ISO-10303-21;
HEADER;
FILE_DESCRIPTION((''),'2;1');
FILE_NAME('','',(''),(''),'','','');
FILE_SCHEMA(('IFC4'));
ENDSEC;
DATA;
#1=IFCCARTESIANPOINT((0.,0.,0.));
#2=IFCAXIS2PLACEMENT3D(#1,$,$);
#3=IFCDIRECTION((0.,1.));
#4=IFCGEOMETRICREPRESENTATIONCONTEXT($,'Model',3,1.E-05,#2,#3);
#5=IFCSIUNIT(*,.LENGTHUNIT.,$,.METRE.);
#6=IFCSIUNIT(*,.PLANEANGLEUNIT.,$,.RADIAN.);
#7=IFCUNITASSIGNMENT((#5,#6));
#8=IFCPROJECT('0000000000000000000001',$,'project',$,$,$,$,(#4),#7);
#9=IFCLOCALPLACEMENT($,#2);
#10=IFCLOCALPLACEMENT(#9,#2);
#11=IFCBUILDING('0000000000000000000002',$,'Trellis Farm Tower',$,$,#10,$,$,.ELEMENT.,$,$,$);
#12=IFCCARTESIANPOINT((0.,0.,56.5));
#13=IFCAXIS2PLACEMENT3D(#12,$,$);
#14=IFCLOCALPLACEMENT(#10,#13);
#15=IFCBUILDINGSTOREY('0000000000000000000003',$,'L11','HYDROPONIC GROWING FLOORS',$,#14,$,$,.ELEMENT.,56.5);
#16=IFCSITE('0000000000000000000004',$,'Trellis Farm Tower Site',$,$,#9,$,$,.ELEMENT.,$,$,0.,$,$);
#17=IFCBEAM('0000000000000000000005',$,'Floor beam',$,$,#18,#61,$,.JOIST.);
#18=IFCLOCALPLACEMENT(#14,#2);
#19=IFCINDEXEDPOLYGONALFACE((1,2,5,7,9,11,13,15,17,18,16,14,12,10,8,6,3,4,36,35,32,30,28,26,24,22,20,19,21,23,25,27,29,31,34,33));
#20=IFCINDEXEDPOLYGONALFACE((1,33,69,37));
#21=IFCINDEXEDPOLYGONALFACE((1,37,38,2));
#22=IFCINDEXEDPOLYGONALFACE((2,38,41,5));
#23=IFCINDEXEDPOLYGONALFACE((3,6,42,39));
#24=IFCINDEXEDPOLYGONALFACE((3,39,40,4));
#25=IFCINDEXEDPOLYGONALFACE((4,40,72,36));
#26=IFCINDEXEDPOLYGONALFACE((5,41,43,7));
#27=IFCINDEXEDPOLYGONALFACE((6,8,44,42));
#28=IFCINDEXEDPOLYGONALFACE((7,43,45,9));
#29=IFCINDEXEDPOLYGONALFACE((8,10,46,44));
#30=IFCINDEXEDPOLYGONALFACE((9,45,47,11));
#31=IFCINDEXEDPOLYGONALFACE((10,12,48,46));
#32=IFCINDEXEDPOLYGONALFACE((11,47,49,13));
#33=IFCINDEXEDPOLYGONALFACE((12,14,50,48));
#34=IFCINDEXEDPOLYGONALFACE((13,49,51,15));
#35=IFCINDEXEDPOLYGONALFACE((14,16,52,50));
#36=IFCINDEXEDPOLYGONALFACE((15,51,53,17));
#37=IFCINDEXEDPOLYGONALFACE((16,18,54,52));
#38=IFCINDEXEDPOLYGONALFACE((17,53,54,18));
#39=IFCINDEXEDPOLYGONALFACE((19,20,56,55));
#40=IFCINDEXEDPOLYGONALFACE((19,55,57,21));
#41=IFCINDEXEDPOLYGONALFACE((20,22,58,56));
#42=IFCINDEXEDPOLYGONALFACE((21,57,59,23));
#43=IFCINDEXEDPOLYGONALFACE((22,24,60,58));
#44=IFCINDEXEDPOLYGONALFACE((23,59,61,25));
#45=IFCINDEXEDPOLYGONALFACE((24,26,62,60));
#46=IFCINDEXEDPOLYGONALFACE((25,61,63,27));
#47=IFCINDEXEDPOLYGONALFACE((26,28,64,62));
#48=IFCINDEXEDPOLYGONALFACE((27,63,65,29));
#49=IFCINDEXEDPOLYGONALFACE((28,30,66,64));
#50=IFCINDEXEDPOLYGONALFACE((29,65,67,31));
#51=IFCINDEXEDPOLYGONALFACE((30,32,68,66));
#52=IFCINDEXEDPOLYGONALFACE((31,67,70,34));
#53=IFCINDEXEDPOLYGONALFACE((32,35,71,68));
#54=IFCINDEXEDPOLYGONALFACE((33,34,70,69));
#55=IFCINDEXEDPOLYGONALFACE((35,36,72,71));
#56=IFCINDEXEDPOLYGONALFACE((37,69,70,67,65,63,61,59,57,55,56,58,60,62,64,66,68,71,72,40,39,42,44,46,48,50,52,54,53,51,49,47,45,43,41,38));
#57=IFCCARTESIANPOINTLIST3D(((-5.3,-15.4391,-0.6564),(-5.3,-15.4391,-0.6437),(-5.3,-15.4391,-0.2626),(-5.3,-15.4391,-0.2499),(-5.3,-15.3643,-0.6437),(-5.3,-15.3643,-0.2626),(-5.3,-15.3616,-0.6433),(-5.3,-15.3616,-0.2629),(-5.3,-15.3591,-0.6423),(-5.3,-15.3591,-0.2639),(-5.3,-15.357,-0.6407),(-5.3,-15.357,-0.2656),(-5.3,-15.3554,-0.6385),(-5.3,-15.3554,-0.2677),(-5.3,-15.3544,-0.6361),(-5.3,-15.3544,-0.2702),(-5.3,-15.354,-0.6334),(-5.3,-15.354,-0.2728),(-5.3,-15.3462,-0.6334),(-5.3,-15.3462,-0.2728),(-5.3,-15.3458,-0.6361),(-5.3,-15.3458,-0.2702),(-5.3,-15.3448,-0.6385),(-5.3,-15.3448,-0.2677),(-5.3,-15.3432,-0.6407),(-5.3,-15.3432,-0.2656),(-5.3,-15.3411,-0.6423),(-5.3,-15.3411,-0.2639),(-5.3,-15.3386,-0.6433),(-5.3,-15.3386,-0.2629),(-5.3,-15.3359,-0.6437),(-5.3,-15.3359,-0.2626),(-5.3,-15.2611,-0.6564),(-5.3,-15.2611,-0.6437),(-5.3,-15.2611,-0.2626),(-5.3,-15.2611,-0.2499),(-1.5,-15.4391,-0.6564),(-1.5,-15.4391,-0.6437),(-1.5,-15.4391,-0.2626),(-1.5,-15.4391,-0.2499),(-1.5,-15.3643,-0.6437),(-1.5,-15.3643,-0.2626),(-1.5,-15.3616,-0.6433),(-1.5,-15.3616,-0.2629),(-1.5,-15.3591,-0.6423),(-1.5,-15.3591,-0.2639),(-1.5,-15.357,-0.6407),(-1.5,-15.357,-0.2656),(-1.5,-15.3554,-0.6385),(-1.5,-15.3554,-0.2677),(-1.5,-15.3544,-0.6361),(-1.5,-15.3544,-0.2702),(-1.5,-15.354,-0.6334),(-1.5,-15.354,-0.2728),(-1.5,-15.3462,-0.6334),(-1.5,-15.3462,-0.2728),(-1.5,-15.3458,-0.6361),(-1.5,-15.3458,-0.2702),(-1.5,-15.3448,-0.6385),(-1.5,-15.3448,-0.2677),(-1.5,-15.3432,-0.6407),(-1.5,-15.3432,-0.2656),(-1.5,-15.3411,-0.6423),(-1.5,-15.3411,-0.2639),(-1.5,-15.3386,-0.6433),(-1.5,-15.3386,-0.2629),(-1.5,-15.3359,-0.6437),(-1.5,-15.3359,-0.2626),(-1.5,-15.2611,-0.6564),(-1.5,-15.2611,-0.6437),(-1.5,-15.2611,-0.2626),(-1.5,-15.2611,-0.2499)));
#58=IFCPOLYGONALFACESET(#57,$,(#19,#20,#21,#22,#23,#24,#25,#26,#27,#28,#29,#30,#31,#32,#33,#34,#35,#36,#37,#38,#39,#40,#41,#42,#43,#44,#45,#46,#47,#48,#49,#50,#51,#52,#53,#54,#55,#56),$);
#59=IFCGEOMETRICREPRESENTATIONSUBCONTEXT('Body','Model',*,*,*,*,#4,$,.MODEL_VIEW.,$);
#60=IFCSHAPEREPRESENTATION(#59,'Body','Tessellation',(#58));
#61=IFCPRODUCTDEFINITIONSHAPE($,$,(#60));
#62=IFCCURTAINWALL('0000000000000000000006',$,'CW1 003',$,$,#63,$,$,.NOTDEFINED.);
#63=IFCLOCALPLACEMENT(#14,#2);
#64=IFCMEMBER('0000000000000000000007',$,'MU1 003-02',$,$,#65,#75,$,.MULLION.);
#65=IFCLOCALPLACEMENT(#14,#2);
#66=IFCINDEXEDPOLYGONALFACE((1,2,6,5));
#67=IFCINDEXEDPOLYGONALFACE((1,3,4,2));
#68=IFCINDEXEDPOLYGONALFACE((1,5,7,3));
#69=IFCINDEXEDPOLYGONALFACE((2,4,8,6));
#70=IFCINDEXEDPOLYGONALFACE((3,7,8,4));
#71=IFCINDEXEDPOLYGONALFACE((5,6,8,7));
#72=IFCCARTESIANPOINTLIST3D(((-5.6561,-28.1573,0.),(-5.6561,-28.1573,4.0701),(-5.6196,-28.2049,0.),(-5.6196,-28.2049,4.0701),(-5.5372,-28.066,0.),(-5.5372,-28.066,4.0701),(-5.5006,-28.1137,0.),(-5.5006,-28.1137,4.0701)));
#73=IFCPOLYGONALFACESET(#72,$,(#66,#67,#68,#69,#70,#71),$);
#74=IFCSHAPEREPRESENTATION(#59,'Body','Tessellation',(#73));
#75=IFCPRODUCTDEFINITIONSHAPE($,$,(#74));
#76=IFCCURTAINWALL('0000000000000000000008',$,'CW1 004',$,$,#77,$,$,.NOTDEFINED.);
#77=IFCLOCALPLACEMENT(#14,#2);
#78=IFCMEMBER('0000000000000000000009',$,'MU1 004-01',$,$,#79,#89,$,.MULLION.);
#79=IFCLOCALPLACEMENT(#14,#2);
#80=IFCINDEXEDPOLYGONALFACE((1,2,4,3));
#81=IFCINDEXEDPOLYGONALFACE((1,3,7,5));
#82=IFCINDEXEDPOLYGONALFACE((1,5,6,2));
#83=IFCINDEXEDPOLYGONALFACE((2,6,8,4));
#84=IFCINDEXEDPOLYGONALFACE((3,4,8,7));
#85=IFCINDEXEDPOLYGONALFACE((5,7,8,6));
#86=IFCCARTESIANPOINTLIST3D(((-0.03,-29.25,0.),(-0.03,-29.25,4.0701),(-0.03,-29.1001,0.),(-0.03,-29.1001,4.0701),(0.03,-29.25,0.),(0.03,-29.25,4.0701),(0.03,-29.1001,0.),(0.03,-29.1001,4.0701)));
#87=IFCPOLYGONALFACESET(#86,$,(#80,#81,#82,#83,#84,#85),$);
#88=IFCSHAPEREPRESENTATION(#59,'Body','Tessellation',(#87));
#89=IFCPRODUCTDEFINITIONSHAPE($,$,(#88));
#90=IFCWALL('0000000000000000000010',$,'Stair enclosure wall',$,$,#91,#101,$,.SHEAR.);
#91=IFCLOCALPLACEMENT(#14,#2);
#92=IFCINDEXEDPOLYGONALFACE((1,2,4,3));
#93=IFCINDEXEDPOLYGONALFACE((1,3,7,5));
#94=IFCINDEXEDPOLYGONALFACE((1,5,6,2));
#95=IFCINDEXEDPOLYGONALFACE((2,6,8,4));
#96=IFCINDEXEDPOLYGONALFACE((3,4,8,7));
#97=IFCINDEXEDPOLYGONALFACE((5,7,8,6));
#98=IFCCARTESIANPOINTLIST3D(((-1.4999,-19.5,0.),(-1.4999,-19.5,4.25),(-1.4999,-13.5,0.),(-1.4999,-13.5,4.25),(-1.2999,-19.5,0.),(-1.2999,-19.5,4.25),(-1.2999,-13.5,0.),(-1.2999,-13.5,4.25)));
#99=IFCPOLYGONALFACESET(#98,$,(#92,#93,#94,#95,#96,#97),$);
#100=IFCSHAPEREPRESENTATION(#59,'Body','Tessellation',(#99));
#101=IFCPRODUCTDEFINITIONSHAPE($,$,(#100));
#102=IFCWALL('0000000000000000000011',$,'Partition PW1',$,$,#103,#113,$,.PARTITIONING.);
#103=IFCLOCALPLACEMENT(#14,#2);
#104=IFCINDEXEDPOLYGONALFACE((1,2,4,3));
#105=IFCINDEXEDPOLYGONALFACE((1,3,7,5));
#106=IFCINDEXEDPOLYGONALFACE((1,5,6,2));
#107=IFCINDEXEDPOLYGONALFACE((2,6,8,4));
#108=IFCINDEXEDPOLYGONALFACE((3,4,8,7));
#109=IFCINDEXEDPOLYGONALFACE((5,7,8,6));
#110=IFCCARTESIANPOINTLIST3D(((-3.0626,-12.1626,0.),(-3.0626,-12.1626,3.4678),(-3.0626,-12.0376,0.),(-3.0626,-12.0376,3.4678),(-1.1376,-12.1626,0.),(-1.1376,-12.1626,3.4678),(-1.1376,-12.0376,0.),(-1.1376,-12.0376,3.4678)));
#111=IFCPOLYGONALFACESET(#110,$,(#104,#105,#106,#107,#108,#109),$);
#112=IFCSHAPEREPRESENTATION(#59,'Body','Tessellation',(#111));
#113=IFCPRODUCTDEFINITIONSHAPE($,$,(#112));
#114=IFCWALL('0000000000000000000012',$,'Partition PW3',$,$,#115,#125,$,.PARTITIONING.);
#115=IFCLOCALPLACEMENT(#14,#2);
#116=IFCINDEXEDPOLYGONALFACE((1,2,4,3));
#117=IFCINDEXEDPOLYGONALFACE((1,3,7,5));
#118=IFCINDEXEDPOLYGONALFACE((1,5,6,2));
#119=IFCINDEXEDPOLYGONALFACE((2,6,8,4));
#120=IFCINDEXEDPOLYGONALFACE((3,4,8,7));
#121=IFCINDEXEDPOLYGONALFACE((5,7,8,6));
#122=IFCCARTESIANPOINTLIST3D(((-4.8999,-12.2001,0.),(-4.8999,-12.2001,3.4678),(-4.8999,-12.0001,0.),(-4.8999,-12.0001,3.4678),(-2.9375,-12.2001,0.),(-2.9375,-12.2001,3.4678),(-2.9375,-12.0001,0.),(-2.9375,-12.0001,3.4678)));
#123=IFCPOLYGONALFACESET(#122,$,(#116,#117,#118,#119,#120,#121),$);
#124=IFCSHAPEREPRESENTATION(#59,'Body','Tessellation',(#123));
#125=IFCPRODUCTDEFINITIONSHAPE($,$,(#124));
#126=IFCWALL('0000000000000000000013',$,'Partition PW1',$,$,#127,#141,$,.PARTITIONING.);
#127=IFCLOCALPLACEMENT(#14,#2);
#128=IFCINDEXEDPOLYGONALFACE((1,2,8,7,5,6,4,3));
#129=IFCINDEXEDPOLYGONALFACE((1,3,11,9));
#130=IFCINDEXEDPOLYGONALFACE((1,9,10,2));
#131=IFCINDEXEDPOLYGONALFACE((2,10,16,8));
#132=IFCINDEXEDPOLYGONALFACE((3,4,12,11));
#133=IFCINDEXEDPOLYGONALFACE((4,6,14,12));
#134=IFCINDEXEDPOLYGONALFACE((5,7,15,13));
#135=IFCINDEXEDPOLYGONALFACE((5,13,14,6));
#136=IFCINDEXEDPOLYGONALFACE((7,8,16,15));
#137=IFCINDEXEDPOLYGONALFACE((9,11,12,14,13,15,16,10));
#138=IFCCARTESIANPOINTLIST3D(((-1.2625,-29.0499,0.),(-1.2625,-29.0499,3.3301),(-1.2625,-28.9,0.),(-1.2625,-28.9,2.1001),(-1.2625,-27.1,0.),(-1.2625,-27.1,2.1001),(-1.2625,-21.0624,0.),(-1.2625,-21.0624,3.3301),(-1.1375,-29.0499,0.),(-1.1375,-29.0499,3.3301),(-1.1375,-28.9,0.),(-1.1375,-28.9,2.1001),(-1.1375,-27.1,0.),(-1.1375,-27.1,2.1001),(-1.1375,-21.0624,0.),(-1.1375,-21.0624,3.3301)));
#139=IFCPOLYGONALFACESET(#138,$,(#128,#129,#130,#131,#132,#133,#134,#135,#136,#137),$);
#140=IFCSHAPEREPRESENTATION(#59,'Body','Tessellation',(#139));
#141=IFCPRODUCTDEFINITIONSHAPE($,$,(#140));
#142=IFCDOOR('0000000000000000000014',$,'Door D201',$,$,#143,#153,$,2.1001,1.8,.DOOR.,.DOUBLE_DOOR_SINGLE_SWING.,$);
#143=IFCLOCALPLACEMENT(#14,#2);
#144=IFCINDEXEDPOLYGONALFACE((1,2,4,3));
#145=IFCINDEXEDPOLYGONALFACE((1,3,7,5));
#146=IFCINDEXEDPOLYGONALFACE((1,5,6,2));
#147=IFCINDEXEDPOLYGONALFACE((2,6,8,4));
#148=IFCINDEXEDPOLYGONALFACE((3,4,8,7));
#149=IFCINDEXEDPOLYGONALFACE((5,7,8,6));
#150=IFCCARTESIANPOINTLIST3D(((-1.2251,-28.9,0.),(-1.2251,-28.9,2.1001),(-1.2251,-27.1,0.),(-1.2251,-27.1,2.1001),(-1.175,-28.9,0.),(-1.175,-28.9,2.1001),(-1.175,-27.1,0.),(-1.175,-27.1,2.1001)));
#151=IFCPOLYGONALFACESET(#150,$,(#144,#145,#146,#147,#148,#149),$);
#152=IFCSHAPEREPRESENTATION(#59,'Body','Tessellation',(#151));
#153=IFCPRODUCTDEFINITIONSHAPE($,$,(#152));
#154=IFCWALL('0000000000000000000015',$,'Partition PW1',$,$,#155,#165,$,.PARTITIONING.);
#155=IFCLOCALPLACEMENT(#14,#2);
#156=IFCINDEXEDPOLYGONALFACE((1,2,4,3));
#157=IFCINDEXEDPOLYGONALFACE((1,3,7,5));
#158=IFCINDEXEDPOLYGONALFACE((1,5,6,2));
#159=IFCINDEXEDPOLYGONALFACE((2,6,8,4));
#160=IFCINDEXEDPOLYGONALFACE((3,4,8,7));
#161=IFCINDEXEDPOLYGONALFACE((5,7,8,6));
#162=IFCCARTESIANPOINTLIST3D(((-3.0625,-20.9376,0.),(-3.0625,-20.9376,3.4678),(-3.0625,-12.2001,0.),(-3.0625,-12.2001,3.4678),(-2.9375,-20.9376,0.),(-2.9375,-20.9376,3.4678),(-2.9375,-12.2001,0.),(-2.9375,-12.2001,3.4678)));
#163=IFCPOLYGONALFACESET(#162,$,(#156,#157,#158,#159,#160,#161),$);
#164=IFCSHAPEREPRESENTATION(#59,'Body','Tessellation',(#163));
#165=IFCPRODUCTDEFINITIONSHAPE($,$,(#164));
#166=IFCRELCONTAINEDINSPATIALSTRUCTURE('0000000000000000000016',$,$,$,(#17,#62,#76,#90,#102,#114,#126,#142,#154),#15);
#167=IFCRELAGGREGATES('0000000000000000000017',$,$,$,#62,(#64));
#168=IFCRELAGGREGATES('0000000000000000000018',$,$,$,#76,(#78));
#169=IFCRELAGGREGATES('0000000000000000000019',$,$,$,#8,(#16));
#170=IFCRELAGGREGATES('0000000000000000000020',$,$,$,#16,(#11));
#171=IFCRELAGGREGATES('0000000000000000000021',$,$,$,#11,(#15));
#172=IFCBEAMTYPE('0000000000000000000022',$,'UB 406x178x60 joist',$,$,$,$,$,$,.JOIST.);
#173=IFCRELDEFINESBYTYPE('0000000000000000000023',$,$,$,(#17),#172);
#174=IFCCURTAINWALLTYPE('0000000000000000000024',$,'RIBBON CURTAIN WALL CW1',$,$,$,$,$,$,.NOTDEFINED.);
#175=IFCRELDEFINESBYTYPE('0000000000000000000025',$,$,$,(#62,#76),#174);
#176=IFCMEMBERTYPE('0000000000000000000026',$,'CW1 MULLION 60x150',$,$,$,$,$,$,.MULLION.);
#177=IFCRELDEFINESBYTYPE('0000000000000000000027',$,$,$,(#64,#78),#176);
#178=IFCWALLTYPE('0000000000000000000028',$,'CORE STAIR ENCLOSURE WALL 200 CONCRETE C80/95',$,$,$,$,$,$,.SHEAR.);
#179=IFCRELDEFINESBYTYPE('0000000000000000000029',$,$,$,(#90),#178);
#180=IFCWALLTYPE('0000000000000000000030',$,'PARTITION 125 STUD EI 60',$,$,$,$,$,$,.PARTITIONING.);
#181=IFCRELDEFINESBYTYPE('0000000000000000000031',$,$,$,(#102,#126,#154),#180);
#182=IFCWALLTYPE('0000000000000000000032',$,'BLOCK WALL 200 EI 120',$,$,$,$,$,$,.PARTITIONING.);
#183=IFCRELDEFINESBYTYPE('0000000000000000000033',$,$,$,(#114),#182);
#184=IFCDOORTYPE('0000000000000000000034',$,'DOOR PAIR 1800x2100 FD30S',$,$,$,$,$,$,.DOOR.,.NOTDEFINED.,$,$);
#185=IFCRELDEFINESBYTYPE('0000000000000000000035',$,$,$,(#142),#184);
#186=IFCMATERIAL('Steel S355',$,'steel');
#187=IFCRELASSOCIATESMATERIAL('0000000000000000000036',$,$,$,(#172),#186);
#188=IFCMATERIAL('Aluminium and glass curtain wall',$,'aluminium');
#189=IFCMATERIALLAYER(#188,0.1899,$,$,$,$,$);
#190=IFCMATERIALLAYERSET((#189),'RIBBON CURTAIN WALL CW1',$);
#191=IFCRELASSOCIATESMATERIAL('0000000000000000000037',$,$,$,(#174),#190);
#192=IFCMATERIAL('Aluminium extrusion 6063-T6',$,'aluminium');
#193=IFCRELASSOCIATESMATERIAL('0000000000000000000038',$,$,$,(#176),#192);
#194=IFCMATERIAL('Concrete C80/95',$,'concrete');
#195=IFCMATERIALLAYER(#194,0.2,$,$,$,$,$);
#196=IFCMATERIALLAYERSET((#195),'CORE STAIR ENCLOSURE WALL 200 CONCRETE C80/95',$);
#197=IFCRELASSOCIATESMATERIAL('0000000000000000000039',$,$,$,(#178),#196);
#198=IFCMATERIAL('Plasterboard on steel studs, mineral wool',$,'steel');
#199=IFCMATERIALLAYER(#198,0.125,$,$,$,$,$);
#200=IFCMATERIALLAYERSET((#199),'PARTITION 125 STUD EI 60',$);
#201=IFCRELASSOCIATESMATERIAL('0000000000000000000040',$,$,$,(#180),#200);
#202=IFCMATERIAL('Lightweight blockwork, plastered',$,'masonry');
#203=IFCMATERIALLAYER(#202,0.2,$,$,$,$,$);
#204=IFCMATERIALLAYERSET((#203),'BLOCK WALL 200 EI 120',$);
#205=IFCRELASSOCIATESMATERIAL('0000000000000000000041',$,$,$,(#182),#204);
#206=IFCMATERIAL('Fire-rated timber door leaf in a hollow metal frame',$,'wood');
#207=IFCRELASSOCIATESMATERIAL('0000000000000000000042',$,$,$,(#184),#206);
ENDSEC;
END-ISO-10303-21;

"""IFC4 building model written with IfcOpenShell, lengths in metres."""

from ifc_helpers import new_model, si_unit, direction, frame, frame_2d, origin, origin_2d, place, context, subcontext, project, spatial, rectangle, i_section, extrude, source, transform, mapped, material, layer, layer_set, material_profile, profile_set, type_object, element, fill, aggregate, save


model = new_model("IFC4")

# Units and contexts
model_context = context("Model", 3, precision=1e-05, world=origin(), true_north=direction((0.0, 1.0)))
body_context = subcontext(model_context, "Body", "Model", "MODEL_VIEW")
ifc_project = project(units=[si_unit("LENGTHUNIT", "METRE"), si_unit("PLANEANGLEUNIT", "RADIAN")], contexts=[model_context])

# Site, building, storey
site_placement = place(None, origin())
site = spatial("IfcSite", under=ifc_project, at=site_placement, Name="Trellis Farm Tower Site", CompositionType="ELEMENT", RefElevation=0.0)
building_placement = place(site_placement, origin())
building = spatial("IfcBuilding", under=site, at=building_placement, Name="Trellis Farm Tower", CompositionType="ELEMENT")
storey_placement = place(building_placement, frame((0.0, 0.0, 56.5)))
storey = spatial("IfcBuildingStorey", under=building, at=storey_placement, Name="L11", Description="HYDROPONIC GROWING FLOORS", CompositionType="ELEMENT", Elevation=56.5)

# Shared definitions
ifc_material_1 = material(Name="Concrete C80/95", Category="concrete")

# Beam
ifc_material_2 = material(Name="Steel S355", Category="steel")
ifc_material_profile_1 = material_profile(ifc_material_2, i_section(OverallWidth=0.178, OverallDepth=0.4065, WebThickness=0.0078, FlangeThickness=0.0127, FilletRadius=0.0103, at=origin_2d()), Name="UB 406x178x60")
ifc_profile_set_1 = profile_set([ifc_material_profile_1], Name="Steel S355")
beam_type_1 = type_object("IfcBeamType", Name="UB 406x178x60 joist", PredefinedType="JOIST", material=ifc_profile_set_1)
shared_shape_1 = source(origin(), body_context, "Body", "SweptSolid", [
    extrude(i_section(OverallWidth=0.178, OverallDepth=0.4065, WebThickness=0.0078, FlangeThickness=0.0127, FilletRadius=0.0103, at=origin_2d()), origin(), (0.0, 0.0, 1.0), 3.8),
])
beam_1_placement = place(storey_placement, frame((-5.3, -15.3501, -0.4531), z_axis=(1.0, 0.0, 0.0), x_axis=(0.0, 1.0, 0.0)))
element("IfcBeam", 1, at=beam_1_placement, inside=storey, type_object=beam_type_1, Name="Floor beam", PredefinedType="JOIST", context=body_context, shape_type="MappedRepresentation", body=[
    mapped(shared_shape_1, transform((0.0, 0.0, 0.0))),
])

# Curtain walls, members
ifc_material_3 = material(Name="Aluminium and glass curtain wall", Category="aluminium")
ifc_layer_1 = layer(ifc_material_3, 0.1899)
ifc_layer_set_1 = layer_set([ifc_layer_1], Name="RIBBON CURTAIN WALL CW1")
curtain_wall_type = type_object("IfcCurtainWallType", Name="RIBBON CURTAIN WALL CW1", PredefinedType="NOTDEFINED", material=ifc_layer_set_1)
placement = place(storey_placement, origin())
curtain_wall_1 = element("IfcCurtainWall", 2, at=placement, inside=storey, type_object=curtain_wall_type, Name="CW1 003", PredefinedType="NOTDEFINED")
ifc_material_4 = material(Name="Aluminium extrusion 6063-T6", Category="aluminium")
ifc_material_profile_2 = material_profile(ifc_material_4, rectangle(XDim=0.0601, YDim=0.1499, at=origin_2d()), Name="MULLION 60x150")
ifc_profile_set_2 = profile_set([ifc_material_profile_2], Name="Aluminium extrusion 6063-T6")
member_type = type_object("IfcMemberType", Name="CW1 MULLION 60x150", PredefinedType="MULLION", material=ifc_profile_set_2)
shared_shape_2 = source(origin(), body_context, "Body", "SweptSolid", [
    extrude(rectangle(XDim=0.0601, YDim=0.1499, at=origin_2d()), origin(), (0.0, 0.0, 1.0), 4.0701),
])
member_1_placement = place(storey_placement, frame((-5.5784, -28.1355, 0.0), z_axis=(0.0, 0.0, 1.0), x_axis=(0.608761, -0.793353, 0.0)))
member_1 = element("IfcMember", 3, at=member_1_placement, type_object=member_type, Name="MU1 003-02", PredefinedType="MULLION", context=body_context, shape_type="MappedRepresentation", body=[
    mapped(shared_shape_2, transform((0.0, 0.0, 0.0))),
])
aggregate(curtain_wall_1, [member_1])
curtain_wall_2 = element("IfcCurtainWall", 4, at=placement, inside=storey, type_object=curtain_wall_type, Name="CW1 004", PredefinedType="NOTDEFINED")
member_2_placement = place(storey_placement, frame((0.0, -29.175, 0.0), z_axis=(0.0, 0.0, 1.0), x_axis=(1.0, 0.0, 0.0)))
member_2 = element("IfcMember", 5, at=member_2_placement, type_object=member_type, Name="MU1 004-01", PredefinedType="MULLION", context=body_context, shape_type="MappedRepresentation", body=[
    mapped(shared_shape_2, transform((0.0, 0.0, 0.0))),
])
aggregate(curtain_wall_2, [member_2])

# Walls
ifc_layer_2 = layer(ifc_material_1, 0.2)
ifc_layer_set_2 = layer_set([ifc_layer_2], Name="CORE STAIR ENCLOSURE WALL 200 CONCRETE C80/95")
wall_type_1 = type_object("IfcWallType", Name="CORE STAIR ENCLOSURE WALL 200 CONCRETE C80/95", PredefinedType="SHEAR", material=ifc_layer_set_2)
shared_shape_3 = source(origin(), body_context, "Body", "SweptSolid", [
    extrude(rectangle(XDim=6.0, YDim=0.2, at=frame_2d((3.0, 0.0))), origin(), (0.0, 0.0, 1.0), 4.25),
])
wall_1_placement = place(storey_placement, frame((-1.3999, -13.5, 0.0), z_axis=(0.0, 0.0, 1.0), x_axis=(0.0, -1.0, 0.0)))
element("IfcWall", 6, at=wall_1_placement, inside=storey, type_object=wall_type_1, Name="Stair enclosure wall", PredefinedType="SHEAR", context=body_context, shape_type="MappedRepresentation", body=[
    mapped(shared_shape_3, transform((0.0, 0.0, 0.0))),
])
ifc_material_5 = material(Name="Plasterboard on steel studs, mineral wool", Category="steel")
ifc_layer_3 = layer(ifc_material_5, 0.125)
ifc_layer_set_3 = layer_set([ifc_layer_3], Name="PARTITION 125 STUD EI 60")
wall_type_2 = type_object("IfcWallType", Name="PARTITION 125 STUD EI 60", PredefinedType="PARTITIONING", material=ifc_layer_set_3)
shared_shape_4 = source(origin(), body_context, "Body", "SweptSolid", [
    extrude(rectangle(XDim=1.925, YDim=0.125, at=frame_2d((0.9624, 0.0))), origin(), (0.0, 0.0, 1.0), 3.4678),
])
wall_2_placement = place(storey_placement, frame((-3.0625, -12.1001, 0.0), z_axis=(0.0, 0.0, 1.0), x_axis=(1.0, 0.0, 0.0)))
element("IfcWall", 7, at=wall_2_placement, inside=storey, type_object=wall_type_2, Name="Partition PW1", PredefinedType="PARTITIONING", context=body_context, shape_type="MappedRepresentation", body=[
    mapped(shared_shape_4, transform((0.0, 0.0, 0.0))),
])
ifc_material_6 = material(Name="Lightweight blockwork, plastered", Category="masonry")
ifc_layer_4 = layer(ifc_material_6, 0.2)
ifc_layer_set_4 = layer_set([ifc_layer_4], Name="BLOCK WALL 200 EI 120")
wall_type_3 = type_object("IfcWallType", Name="BLOCK WALL 200 EI 120", PredefinedType="PARTITIONING", material=ifc_layer_set_4)
shared_shape_5 = source(origin(), body_context, "Body", "SweptSolid", [
    extrude(rectangle(XDim=1.9624, YDim=0.2, at=frame_2d((0.9812, 0.0))), origin(), (0.0, 0.0, 1.0), 3.4678),
])
wall_3_placement = place(storey_placement, frame((-4.8999, -12.1001, 0.0), z_axis=(0.0, 0.0, 1.0), x_axis=(1.0, 0.0, 0.0)))
element("IfcWall", 8, at=wall_3_placement, inside=storey, type_object=wall_type_3, Name="Partition PW3", PredefinedType="PARTITIONING", context=body_context, shape_type="MappedRepresentation", body=[
    mapped(shared_shape_5, transform((0.0, 0.0, 0.0))),
])

# Wall, opening, door
shared_shape_6 = source(origin(), body_context, "Body", "SweptSolid", [
    extrude(rectangle(XDim=7.9875, YDim=0.125, at=frame_2d((3.9937, 0.0))), origin(), (0.0, 0.0, 1.0), 3.3301),
])
wall_4_placement = place(storey_placement, frame((-1.2, -21.0625, 0.0), z_axis=(0.0, 0.0, 1.0), x_axis=(0.0, -1.0, 0.0)))
wall_4 = element("IfcWall", 9, at=wall_4_placement, inside=storey, type_object=wall_type_2, Name="Partition PW1", PredefinedType="PARTITIONING", context=body_context, shape_type="MappedRepresentation", body=[
    mapped(shared_shape_6, transform((0.0, 0.0, 0.0))),
])
shared_shape_7 = source(origin(), body_context, "Body", "SweptSolid", [
    extrude(rectangle(XDim=1.8, YDim=2.1001, at=frame_2d((0.8999, 1.05))), frame((0.0, 0.0725, 0.0), z_axis=(0.0, -1.0, 0.0), x_axis=(1.0, 0.0, 0.0)), (0.0, 0.0, 1.0), 0.145),
])
opening_placement = place(wall_4_placement, frame((6.0376, 0.0, 0.0)))
opening = element("IfcOpeningElement", 10, at=opening_placement, cuts=wall_4, PredefinedType="OPENING", context=body_context, shape_type="MappedRepresentation", body=[
    mapped(shared_shape_7, transform((0.0, 0.0, 0.0))),
])
ifc_material_7 = material(Name="Fire-rated timber door leaf in a hollow metal frame", Category="wood")
door_type = type_object("IfcDoorType", Name="DOOR PAIR 1800x2100 FD30S", OperationType="NOTDEFINED", PredefinedType="DOOR", material=ifc_material_7)
shared_shape_8 = source(origin(), body_context, "Body", "SweptSolid", [
    extrude(rectangle(XDim=1.8, YDim=2.1001, at=frame_2d((0.8999, 1.05))), frame((0.0, 0.0249, 0.0), z_axis=(0.0, -1.0, 0.0), x_axis=(1.0, 0.0, 0.0)), (0.0, 0.0, 1.0), 0.05),
])
door_placement = place(opening_placement, origin())
door = element("IfcDoor", 11, at=door_placement, inside=storey, type_object=door_type, Name="Door D201", OperationType="DOUBLE_DOOR_SINGLE_SWING", OverallHeight=2.1001, OverallWidth=1.8, PredefinedType="DOOR", context=body_context, shape_type="MappedRepresentation", body=[
    mapped(shared_shape_8, transform((0.0, 0.0, 0.0))),
])
fill(opening, door)

# Wall
shared_shape_9 = source(origin(), body_context, "Body", "SweptSolid", [
    extrude(rectangle(XDim=8.7375, YDim=0.125, at=frame_2d((4.3687, 0.0))), origin(), (0.0, 0.0, 1.0), 3.4678),
])
wall_5_placement = place(storey_placement, frame((-3.0, -20.9375, 0.0), z_axis=(0.0, 0.0, 1.0), x_axis=(0.0, 1.0, 0.0)))
element("IfcWall", 12, at=wall_5_placement, inside=storey, type_object=wall_type_2, Name="Partition PW1", PredefinedType="PARTITIONING", context=body_context, shape_type="MappedRepresentation", body=[
    mapped(shared_shape_9, transform((0.0, 0.0, 0.0))),
])

save(model, "model.ifc")
